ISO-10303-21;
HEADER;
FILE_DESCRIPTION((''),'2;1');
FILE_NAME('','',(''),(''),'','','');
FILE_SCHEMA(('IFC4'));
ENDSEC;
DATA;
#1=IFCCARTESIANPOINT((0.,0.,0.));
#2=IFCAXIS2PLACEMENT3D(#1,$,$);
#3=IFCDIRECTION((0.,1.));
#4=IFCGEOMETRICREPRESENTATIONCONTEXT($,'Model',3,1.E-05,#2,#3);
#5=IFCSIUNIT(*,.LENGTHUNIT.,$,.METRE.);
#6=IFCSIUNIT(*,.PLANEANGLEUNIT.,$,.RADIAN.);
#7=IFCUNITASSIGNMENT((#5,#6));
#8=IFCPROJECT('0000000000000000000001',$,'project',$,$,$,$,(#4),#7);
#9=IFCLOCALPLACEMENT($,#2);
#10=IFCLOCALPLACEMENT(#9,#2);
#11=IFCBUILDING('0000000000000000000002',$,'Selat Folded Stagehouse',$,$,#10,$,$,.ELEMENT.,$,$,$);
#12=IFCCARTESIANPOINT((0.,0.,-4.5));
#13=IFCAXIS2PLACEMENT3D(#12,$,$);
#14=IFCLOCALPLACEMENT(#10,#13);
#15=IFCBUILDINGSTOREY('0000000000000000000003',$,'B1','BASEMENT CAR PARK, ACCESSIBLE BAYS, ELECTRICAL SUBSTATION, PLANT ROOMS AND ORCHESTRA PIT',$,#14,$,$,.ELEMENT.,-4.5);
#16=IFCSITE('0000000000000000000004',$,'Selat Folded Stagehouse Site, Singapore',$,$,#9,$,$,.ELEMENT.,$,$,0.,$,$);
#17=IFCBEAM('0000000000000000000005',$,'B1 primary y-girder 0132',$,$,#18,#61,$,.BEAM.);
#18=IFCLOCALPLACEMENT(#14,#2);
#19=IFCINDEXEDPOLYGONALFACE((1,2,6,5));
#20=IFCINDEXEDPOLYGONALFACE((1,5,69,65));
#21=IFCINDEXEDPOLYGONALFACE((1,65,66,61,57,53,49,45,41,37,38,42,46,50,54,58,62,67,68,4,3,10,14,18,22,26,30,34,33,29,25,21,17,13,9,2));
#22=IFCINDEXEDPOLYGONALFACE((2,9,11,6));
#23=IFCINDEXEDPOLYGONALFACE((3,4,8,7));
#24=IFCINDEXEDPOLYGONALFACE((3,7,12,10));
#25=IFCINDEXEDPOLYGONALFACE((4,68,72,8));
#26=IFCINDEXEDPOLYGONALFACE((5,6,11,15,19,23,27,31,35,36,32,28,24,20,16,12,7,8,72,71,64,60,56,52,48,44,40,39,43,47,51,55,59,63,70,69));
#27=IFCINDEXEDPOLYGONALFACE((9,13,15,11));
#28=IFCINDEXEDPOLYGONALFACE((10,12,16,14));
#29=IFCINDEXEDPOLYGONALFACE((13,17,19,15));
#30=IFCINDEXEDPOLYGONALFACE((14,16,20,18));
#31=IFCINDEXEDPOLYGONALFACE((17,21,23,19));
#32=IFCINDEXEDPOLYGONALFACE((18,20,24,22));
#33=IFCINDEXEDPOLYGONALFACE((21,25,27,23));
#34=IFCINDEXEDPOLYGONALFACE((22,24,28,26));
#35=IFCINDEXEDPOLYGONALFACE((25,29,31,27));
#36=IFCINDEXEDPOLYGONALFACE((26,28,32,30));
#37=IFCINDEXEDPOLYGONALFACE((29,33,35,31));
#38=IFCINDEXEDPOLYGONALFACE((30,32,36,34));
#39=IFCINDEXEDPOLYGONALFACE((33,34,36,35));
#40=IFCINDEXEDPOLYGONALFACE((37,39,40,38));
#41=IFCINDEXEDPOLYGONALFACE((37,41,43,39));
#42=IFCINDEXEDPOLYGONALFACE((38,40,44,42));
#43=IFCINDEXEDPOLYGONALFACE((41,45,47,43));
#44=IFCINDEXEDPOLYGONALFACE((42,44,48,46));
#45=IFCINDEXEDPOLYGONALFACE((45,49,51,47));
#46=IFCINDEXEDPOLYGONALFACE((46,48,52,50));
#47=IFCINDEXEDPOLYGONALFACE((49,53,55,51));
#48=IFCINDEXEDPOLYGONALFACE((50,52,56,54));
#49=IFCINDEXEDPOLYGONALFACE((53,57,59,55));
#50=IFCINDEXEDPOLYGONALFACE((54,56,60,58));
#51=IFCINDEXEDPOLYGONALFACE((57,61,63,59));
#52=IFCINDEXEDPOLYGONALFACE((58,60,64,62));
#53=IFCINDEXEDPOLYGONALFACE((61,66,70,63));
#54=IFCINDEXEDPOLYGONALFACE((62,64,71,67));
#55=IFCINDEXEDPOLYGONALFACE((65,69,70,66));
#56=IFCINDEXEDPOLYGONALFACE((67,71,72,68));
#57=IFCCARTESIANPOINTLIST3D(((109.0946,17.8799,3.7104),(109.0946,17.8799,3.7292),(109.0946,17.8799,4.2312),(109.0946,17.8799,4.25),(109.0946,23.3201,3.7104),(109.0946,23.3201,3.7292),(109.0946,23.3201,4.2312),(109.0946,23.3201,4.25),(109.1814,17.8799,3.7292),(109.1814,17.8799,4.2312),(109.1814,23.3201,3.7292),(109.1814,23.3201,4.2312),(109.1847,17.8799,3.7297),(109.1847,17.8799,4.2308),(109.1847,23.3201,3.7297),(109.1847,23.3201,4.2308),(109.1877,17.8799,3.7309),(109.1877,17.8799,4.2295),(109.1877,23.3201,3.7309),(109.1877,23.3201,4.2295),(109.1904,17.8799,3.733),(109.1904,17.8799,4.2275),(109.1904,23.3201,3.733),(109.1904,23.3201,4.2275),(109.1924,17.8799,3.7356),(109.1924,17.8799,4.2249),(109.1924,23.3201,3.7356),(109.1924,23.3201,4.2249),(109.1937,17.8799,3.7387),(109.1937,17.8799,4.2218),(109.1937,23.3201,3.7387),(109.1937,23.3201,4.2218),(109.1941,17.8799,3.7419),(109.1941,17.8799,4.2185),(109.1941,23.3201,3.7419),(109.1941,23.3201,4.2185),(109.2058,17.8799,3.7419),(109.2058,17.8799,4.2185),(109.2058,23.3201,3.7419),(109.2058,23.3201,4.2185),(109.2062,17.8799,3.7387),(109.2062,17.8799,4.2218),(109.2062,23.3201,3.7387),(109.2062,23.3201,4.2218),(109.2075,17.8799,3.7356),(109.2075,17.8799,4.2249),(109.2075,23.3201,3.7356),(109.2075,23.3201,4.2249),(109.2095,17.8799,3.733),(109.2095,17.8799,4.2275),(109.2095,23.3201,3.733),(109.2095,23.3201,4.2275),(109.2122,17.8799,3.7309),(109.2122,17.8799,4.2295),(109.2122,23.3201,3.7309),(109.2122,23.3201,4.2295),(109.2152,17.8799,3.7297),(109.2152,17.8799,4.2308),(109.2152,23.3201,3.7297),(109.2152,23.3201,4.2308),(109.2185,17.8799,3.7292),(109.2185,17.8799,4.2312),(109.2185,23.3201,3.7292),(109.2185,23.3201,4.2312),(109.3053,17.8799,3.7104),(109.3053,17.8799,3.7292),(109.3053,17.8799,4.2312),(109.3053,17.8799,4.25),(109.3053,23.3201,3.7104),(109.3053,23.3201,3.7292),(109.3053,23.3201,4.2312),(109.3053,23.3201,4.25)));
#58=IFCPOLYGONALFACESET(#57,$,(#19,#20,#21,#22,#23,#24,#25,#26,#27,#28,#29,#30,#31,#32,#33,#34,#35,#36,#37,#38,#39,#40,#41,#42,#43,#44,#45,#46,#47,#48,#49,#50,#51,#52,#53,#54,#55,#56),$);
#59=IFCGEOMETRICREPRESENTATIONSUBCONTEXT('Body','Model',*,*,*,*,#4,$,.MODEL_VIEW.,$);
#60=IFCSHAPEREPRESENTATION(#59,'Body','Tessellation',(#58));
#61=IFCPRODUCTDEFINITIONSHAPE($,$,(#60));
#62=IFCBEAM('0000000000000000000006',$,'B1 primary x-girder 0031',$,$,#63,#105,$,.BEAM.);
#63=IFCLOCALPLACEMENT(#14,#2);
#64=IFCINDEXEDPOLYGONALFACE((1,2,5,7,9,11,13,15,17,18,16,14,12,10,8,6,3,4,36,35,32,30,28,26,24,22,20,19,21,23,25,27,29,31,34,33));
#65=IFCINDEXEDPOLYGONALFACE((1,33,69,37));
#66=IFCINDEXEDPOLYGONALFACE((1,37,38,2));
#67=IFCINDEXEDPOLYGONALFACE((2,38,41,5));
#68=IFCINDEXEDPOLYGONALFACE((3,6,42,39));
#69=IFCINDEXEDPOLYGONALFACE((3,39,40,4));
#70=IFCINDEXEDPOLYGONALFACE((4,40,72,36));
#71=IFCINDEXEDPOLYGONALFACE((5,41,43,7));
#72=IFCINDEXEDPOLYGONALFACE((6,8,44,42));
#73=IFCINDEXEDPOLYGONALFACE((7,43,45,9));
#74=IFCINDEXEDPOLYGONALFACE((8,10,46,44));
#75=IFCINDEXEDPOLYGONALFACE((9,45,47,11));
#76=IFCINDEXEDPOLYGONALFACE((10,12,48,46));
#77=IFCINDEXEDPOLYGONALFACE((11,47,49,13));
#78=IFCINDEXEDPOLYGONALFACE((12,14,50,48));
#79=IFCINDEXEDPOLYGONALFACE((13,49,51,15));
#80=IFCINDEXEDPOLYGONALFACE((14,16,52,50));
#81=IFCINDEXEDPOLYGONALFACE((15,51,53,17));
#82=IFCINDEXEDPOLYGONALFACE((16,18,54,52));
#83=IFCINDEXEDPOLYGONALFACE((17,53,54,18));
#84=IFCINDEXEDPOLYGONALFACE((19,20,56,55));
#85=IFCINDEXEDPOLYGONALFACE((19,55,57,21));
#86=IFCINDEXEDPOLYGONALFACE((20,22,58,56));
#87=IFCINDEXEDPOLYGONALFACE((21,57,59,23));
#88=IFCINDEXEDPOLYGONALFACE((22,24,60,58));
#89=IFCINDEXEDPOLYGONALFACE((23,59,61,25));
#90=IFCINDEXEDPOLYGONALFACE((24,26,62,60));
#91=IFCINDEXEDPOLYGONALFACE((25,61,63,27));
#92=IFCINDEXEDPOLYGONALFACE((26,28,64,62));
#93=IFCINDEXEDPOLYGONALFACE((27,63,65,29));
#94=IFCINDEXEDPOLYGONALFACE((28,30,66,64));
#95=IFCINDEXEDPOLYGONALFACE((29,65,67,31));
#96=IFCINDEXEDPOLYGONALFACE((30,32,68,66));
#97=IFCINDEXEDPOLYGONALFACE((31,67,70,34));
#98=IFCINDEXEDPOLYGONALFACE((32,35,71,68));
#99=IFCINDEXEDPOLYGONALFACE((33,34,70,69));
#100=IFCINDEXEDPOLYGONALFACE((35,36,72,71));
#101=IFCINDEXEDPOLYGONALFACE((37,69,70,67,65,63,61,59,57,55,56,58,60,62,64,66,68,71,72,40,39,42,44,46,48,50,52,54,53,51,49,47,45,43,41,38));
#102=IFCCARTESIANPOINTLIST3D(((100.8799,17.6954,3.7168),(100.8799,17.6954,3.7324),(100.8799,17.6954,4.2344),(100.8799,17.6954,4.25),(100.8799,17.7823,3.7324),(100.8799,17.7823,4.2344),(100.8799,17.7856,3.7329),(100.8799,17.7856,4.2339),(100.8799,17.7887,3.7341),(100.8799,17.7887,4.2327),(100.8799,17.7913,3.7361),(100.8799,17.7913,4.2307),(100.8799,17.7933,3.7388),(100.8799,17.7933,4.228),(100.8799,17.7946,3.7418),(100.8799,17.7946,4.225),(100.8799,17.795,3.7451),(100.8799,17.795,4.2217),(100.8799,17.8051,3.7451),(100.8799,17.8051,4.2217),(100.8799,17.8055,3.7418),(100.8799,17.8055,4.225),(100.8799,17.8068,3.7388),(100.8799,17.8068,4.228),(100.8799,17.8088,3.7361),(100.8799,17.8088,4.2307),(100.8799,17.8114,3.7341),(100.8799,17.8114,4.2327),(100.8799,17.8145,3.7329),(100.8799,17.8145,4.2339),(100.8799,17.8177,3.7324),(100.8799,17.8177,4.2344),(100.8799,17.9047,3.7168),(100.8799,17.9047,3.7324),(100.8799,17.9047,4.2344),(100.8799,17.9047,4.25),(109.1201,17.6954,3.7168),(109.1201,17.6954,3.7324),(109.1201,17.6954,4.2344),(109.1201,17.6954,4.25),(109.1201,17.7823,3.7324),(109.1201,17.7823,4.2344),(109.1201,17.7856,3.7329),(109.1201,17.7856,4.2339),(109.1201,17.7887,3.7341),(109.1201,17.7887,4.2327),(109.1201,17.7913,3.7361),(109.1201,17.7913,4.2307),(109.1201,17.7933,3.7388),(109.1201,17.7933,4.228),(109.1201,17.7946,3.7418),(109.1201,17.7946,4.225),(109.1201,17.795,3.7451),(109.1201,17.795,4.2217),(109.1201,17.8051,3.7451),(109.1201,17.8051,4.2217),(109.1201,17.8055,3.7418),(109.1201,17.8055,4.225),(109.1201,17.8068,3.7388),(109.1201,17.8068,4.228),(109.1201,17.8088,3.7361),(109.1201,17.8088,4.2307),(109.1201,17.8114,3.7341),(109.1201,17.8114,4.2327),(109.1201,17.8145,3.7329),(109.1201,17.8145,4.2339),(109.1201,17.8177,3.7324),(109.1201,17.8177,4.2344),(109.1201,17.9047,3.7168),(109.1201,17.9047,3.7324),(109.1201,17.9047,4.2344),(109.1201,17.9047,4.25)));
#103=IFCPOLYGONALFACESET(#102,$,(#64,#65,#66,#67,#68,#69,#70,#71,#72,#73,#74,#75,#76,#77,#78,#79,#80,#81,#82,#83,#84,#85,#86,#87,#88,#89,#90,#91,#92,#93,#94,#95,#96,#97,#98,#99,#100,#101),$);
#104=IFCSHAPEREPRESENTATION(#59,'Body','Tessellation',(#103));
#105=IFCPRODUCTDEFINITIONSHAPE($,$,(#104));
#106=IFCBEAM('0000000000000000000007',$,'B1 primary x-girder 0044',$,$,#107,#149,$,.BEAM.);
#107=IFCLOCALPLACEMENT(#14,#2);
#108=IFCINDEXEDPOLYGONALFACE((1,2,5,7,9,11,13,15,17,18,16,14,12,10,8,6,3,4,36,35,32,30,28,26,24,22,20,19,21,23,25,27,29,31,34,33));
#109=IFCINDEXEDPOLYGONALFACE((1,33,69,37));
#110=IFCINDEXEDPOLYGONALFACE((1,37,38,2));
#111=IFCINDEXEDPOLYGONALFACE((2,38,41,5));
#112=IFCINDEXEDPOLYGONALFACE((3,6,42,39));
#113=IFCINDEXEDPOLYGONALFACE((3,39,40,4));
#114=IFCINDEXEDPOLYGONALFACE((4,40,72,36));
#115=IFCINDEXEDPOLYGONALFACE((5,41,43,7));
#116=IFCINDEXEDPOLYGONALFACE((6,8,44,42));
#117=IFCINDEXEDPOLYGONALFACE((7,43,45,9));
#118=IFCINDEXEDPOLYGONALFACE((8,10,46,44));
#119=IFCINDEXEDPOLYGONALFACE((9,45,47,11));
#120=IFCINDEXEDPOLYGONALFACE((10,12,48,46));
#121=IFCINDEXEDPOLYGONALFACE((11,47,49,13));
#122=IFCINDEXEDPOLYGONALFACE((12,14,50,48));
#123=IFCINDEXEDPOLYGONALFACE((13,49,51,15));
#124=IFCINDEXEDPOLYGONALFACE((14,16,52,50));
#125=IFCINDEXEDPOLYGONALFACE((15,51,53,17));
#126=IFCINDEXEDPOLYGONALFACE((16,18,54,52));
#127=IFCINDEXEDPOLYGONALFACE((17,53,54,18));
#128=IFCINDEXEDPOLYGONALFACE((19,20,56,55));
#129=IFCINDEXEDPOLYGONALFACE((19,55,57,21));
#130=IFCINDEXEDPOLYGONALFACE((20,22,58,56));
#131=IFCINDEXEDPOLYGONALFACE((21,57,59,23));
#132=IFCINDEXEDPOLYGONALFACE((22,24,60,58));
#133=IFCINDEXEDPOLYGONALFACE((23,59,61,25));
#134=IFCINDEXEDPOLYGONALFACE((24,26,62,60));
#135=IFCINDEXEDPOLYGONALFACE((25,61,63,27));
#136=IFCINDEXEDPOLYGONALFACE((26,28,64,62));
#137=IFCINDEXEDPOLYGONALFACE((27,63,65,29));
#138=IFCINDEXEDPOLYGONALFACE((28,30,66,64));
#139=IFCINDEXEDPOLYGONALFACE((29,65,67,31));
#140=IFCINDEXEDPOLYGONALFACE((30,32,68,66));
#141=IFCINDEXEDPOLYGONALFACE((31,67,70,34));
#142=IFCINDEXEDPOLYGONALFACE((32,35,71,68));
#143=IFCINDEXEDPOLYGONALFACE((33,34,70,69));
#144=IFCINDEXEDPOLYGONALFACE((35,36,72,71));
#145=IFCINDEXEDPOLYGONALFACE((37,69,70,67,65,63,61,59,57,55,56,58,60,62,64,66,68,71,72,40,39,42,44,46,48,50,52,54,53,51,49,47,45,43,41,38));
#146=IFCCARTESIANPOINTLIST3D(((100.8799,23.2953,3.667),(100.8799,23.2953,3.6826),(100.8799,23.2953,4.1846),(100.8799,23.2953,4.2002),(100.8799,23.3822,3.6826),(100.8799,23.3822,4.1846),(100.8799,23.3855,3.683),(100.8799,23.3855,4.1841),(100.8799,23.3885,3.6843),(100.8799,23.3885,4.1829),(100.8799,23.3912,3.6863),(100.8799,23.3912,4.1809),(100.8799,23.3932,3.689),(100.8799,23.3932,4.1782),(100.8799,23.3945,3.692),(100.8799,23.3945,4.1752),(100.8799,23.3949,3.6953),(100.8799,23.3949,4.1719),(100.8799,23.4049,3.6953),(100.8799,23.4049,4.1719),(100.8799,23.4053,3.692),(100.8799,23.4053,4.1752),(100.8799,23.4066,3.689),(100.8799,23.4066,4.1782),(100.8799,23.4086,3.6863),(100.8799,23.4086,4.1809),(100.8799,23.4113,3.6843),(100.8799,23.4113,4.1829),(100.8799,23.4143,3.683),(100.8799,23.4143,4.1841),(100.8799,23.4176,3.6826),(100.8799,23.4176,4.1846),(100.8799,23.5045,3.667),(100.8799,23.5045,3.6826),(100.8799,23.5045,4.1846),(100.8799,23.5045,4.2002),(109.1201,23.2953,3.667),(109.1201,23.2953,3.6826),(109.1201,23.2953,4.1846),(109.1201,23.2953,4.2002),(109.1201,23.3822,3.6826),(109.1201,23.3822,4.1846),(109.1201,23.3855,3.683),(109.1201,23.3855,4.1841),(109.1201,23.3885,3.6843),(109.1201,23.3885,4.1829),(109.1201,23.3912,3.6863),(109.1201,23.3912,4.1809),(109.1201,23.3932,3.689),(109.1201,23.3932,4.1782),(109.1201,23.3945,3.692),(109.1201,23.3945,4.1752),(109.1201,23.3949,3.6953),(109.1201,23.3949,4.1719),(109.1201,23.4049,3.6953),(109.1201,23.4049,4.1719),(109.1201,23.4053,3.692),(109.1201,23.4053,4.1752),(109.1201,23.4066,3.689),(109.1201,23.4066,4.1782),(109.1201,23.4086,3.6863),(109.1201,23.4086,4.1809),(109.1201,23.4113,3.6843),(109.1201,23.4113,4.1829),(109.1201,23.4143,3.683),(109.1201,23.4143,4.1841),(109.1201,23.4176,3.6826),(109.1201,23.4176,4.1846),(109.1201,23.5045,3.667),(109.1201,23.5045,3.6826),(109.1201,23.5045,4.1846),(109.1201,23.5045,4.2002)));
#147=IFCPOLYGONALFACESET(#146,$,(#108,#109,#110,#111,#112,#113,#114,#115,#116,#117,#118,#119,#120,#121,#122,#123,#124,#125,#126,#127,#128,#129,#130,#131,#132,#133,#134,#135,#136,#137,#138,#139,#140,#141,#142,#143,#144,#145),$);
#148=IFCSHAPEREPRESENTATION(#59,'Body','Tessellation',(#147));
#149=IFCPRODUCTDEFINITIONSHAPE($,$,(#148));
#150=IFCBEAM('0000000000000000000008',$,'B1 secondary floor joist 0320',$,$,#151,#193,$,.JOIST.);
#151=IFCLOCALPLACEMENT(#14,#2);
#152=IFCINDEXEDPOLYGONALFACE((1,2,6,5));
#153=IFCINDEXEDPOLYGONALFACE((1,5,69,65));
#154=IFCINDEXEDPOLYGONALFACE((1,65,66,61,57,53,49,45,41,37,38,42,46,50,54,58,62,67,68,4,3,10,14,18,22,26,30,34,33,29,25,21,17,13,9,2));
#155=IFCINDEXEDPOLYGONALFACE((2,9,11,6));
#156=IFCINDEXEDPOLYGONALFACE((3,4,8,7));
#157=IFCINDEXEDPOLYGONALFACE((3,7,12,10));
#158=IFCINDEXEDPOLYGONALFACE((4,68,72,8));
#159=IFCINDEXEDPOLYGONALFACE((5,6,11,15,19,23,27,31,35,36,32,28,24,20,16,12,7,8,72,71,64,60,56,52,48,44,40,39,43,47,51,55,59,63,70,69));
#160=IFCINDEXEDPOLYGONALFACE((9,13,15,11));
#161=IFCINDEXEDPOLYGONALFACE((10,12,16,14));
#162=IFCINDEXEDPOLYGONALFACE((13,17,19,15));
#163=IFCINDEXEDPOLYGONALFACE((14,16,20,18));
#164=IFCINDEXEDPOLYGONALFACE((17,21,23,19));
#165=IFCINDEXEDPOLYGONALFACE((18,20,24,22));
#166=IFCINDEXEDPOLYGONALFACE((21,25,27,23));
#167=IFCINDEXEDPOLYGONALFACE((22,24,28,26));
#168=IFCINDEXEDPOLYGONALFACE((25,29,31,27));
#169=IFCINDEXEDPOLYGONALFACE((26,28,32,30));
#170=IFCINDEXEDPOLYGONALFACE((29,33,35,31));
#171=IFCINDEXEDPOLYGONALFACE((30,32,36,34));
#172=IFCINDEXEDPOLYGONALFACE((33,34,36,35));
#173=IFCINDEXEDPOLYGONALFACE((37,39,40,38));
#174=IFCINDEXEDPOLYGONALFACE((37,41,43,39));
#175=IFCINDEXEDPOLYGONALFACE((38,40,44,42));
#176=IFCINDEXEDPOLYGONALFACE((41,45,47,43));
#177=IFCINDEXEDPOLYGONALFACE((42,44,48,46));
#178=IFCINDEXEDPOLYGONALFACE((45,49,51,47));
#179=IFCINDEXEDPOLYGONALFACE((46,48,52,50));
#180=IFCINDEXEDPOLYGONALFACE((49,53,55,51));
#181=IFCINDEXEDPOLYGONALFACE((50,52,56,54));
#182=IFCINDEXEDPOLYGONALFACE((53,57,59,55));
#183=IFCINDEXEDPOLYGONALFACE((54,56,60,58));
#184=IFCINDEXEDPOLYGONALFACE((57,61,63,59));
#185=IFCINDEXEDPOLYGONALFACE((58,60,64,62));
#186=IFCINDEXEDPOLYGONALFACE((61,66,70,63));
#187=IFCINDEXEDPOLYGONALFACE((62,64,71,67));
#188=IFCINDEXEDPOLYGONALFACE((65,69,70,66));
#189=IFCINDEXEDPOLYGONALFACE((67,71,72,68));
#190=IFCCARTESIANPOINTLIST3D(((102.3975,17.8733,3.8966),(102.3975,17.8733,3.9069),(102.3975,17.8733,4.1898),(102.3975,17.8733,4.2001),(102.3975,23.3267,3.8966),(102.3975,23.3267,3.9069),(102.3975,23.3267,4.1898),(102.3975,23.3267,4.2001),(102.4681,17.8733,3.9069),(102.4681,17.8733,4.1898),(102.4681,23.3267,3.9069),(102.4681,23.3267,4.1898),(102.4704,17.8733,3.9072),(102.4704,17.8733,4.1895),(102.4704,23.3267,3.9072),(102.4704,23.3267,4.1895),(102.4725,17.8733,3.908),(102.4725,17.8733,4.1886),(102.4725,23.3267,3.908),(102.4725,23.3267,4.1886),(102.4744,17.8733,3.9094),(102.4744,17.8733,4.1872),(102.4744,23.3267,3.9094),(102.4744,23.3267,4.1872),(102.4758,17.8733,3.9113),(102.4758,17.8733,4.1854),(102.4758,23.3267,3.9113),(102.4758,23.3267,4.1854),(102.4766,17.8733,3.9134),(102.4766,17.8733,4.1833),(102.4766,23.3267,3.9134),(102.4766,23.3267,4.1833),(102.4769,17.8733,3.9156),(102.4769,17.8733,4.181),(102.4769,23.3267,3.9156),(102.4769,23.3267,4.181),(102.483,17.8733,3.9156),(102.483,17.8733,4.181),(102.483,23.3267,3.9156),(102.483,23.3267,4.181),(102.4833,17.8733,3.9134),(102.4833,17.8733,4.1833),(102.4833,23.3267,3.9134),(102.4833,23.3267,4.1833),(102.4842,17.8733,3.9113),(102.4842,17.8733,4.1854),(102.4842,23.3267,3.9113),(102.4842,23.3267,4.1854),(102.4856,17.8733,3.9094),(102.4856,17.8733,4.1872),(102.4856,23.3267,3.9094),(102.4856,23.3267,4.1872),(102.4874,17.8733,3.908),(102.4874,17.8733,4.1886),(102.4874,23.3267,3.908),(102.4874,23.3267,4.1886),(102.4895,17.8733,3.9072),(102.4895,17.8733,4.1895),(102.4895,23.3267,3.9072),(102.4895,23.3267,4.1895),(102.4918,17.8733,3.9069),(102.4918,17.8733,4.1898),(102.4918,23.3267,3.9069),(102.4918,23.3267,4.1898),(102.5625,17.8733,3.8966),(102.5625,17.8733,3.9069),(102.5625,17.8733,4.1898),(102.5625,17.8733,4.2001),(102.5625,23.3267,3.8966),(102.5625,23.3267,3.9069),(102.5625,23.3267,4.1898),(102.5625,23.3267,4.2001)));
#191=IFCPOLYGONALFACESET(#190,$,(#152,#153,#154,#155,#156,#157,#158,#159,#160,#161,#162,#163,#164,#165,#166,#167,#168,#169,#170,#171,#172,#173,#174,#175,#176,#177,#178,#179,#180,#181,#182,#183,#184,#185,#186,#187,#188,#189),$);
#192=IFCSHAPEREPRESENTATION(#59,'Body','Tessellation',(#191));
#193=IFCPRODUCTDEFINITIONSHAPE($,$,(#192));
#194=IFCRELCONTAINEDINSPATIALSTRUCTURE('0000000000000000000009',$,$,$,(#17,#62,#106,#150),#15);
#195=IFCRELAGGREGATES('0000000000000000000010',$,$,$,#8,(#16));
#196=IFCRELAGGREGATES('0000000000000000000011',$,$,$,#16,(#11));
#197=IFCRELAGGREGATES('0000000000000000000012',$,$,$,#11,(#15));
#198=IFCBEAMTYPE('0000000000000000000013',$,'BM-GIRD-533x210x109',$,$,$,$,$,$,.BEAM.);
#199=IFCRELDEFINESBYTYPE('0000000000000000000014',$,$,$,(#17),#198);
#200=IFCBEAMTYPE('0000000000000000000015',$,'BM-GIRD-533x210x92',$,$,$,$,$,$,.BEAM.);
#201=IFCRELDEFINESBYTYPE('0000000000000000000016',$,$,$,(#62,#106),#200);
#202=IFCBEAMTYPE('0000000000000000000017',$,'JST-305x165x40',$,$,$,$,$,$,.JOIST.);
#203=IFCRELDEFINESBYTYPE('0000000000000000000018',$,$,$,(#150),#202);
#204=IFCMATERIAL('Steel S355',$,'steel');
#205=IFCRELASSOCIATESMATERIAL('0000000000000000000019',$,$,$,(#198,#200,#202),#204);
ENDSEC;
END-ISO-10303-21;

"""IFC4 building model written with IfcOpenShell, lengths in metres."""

from ifc_helpers import new_model, si_unit, direction, frame, origin, origin_2d, place, context, subcontext, project, spatial, i_section, extrude, material, material_profile, profile_set, type_object, element, save


model = new_model("IFC4")

# Units and contexts
model_context = context("Model", 3, precision=1e-05, world=origin(), true_north=direction((0.0, 1.0)))
body_context = subcontext(model_context, "Body", "Model", "MODEL_VIEW")
ifc_project = project(units=[si_unit("LENGTHUNIT", "METRE"), si_unit("PLANEANGLEUNIT", "RADIAN")], contexts=[model_context])

# Site, building, storey
site_placement = place(None, origin())
site = spatial("IfcSite", under=ifc_project, at=site_placement, Name="Selat Folded Stagehouse Site, Singapore", CompositionType="ELEMENT", RefElevation=0.0)
building_placement = place(site_placement, origin())
building = spatial("IfcBuilding", under=site, at=building_placement, Name="Selat Folded Stagehouse", CompositionType="ELEMENT")
storey_placement = place(building_placement, frame((0.0, 0.0, -4.5)))
storey = spatial("IfcBuildingStorey", under=building, at=storey_placement, Name="B1", Description="BASEMENT CAR PARK, ACCESSIBLE BAYS, ELECTRICAL SUBSTATION, PLANT ROOMS AND ORCHESTRA PIT", CompositionType="ELEMENT", Elevation=-4.5)

# Shared definitions
ifc_material_1 = material(Name="Steel S355", Category="steel")

# Beams
ifc_material_profile_1 = material_profile(ifc_material_1, i_section(OverallWidth=0.2107, OverallDepth=0.5396, WebThickness=0.0117, FlangeThickness=0.0188, FilletRadius=0.0127, at=origin_2d()), Name="UKB 533x210x109")
ifc_profile_set_1 = profile_set([ifc_material_profile_1], Name="Steel S355")
beam_type_1 = type_object("IfcBeamType", Name="BM-GIRD-533x210x109", PredefinedType="BEAM", material=ifc_profile_set_1)
beam_placement = place(storey_placement, frame((109.2, 17.8799, 3.9802), z_axis=(0.0, 1.0, 0.0), x_axis=(-1.0, 0.0, 0.0)))
element("IfcBeam", 1, at=beam_placement, inside=storey, type_object=beam_type_1, Name="B1 primary y-girder 0132", PredefinedType="BEAM", context=body_context, shape_type="SweptSolid", body=[
    extrude(i_section(OverallWidth=0.2107, OverallDepth=0.5396, WebThickness=0.0117, FlangeThickness=0.0188, FilletRadius=0.0127, at=origin_2d()), origin(), (0.0, 0.0, 1.0), 5.4402),
])
ifc_material_profile_2 = material_profile(ifc_material_1, i_section(OverallWidth=0.2092, OverallDepth=0.5332, WebThickness=0.01, FlangeThickness=0.0156, FilletRadius=0.0127, at=origin_2d()), Name="UKB 533x210x92")
ifc_profile_set_2 = profile_set([ifc_material_profile_2], Name="Steel S355")
beam_type_2 = type_object("IfcBeamType", Name="BM-GIRD-533x210x92", PredefinedType="BEAM", material=ifc_profile_set_2)
for number, where, z_axis, x_axis, name in (
    (2, (100.8799, 17.8, 3.9834), (1.0, 0.0, 0.0), (0.0, 1.0, 0.0), "B1 primary x-girder 0031"),
    (3, (100.8799, 23.3999, 3.9336), (1.0, 0.0, 0.0), (0.0, 1.0, 0.0), "B1 primary x-girder 0044"),
):
    element("IfcBeam", number, at=place(storey_placement, frame(where, z_axis=z_axis, x_axis=x_axis)), inside=storey, type_object=beam_type_2, Name=name, PredefinedType="BEAM", context=body_context, shape_type="SweptSolid", body=[
        extrude(i_section(OverallWidth=0.2092, OverallDepth=0.5332, WebThickness=0.01, FlangeThickness=0.0156, FilletRadius=0.0127, at=origin_2d()), origin(), (0.0, 0.0, 1.0), 8.2402),
    ])
ifc_material_profile_3 = material_profile(ifc_material_1, i_section(OverallWidth=0.165, OverallDepth=0.3035, WebThickness=0.0061, FlangeThickness=0.0103, FilletRadius=0.0088, at=origin_2d()), Name="UKB 305x165x40")
ifc_profile_set_3 = profile_set([ifc_material_profile_3], Name="Steel S355")
beam_type_3 = type_object("IfcBeamType", Name="JST-305x165x40", PredefinedType="JOIST", material=ifc_profile_set_3)
for number, where, z_axis, x_axis, name in (
    (4, (102.48, 17.8733, 4.0483), (0.0, 1.0, 0.0), (-1.0, 0.0, 0.0), "B1 secondary floor joist 0320"),
):
    element("IfcBeam", number, at=place(storey_placement, frame(where, z_axis=z_axis, x_axis=x_axis)), inside=storey, type_object=beam_type_3, Name=name, PredefinedType="JOIST", context=body_context, shape_type="SweptSolid", body=[
        extrude(i_section(OverallWidth=0.165, OverallDepth=0.3035, WebThickness=0.0061, FlangeThickness=0.0103, FilletRadius=0.0088, at=origin_2d()), origin(), (0.0, 0.0, 1.0), 5.4534),
    ])

save(model, "model.ifc")
